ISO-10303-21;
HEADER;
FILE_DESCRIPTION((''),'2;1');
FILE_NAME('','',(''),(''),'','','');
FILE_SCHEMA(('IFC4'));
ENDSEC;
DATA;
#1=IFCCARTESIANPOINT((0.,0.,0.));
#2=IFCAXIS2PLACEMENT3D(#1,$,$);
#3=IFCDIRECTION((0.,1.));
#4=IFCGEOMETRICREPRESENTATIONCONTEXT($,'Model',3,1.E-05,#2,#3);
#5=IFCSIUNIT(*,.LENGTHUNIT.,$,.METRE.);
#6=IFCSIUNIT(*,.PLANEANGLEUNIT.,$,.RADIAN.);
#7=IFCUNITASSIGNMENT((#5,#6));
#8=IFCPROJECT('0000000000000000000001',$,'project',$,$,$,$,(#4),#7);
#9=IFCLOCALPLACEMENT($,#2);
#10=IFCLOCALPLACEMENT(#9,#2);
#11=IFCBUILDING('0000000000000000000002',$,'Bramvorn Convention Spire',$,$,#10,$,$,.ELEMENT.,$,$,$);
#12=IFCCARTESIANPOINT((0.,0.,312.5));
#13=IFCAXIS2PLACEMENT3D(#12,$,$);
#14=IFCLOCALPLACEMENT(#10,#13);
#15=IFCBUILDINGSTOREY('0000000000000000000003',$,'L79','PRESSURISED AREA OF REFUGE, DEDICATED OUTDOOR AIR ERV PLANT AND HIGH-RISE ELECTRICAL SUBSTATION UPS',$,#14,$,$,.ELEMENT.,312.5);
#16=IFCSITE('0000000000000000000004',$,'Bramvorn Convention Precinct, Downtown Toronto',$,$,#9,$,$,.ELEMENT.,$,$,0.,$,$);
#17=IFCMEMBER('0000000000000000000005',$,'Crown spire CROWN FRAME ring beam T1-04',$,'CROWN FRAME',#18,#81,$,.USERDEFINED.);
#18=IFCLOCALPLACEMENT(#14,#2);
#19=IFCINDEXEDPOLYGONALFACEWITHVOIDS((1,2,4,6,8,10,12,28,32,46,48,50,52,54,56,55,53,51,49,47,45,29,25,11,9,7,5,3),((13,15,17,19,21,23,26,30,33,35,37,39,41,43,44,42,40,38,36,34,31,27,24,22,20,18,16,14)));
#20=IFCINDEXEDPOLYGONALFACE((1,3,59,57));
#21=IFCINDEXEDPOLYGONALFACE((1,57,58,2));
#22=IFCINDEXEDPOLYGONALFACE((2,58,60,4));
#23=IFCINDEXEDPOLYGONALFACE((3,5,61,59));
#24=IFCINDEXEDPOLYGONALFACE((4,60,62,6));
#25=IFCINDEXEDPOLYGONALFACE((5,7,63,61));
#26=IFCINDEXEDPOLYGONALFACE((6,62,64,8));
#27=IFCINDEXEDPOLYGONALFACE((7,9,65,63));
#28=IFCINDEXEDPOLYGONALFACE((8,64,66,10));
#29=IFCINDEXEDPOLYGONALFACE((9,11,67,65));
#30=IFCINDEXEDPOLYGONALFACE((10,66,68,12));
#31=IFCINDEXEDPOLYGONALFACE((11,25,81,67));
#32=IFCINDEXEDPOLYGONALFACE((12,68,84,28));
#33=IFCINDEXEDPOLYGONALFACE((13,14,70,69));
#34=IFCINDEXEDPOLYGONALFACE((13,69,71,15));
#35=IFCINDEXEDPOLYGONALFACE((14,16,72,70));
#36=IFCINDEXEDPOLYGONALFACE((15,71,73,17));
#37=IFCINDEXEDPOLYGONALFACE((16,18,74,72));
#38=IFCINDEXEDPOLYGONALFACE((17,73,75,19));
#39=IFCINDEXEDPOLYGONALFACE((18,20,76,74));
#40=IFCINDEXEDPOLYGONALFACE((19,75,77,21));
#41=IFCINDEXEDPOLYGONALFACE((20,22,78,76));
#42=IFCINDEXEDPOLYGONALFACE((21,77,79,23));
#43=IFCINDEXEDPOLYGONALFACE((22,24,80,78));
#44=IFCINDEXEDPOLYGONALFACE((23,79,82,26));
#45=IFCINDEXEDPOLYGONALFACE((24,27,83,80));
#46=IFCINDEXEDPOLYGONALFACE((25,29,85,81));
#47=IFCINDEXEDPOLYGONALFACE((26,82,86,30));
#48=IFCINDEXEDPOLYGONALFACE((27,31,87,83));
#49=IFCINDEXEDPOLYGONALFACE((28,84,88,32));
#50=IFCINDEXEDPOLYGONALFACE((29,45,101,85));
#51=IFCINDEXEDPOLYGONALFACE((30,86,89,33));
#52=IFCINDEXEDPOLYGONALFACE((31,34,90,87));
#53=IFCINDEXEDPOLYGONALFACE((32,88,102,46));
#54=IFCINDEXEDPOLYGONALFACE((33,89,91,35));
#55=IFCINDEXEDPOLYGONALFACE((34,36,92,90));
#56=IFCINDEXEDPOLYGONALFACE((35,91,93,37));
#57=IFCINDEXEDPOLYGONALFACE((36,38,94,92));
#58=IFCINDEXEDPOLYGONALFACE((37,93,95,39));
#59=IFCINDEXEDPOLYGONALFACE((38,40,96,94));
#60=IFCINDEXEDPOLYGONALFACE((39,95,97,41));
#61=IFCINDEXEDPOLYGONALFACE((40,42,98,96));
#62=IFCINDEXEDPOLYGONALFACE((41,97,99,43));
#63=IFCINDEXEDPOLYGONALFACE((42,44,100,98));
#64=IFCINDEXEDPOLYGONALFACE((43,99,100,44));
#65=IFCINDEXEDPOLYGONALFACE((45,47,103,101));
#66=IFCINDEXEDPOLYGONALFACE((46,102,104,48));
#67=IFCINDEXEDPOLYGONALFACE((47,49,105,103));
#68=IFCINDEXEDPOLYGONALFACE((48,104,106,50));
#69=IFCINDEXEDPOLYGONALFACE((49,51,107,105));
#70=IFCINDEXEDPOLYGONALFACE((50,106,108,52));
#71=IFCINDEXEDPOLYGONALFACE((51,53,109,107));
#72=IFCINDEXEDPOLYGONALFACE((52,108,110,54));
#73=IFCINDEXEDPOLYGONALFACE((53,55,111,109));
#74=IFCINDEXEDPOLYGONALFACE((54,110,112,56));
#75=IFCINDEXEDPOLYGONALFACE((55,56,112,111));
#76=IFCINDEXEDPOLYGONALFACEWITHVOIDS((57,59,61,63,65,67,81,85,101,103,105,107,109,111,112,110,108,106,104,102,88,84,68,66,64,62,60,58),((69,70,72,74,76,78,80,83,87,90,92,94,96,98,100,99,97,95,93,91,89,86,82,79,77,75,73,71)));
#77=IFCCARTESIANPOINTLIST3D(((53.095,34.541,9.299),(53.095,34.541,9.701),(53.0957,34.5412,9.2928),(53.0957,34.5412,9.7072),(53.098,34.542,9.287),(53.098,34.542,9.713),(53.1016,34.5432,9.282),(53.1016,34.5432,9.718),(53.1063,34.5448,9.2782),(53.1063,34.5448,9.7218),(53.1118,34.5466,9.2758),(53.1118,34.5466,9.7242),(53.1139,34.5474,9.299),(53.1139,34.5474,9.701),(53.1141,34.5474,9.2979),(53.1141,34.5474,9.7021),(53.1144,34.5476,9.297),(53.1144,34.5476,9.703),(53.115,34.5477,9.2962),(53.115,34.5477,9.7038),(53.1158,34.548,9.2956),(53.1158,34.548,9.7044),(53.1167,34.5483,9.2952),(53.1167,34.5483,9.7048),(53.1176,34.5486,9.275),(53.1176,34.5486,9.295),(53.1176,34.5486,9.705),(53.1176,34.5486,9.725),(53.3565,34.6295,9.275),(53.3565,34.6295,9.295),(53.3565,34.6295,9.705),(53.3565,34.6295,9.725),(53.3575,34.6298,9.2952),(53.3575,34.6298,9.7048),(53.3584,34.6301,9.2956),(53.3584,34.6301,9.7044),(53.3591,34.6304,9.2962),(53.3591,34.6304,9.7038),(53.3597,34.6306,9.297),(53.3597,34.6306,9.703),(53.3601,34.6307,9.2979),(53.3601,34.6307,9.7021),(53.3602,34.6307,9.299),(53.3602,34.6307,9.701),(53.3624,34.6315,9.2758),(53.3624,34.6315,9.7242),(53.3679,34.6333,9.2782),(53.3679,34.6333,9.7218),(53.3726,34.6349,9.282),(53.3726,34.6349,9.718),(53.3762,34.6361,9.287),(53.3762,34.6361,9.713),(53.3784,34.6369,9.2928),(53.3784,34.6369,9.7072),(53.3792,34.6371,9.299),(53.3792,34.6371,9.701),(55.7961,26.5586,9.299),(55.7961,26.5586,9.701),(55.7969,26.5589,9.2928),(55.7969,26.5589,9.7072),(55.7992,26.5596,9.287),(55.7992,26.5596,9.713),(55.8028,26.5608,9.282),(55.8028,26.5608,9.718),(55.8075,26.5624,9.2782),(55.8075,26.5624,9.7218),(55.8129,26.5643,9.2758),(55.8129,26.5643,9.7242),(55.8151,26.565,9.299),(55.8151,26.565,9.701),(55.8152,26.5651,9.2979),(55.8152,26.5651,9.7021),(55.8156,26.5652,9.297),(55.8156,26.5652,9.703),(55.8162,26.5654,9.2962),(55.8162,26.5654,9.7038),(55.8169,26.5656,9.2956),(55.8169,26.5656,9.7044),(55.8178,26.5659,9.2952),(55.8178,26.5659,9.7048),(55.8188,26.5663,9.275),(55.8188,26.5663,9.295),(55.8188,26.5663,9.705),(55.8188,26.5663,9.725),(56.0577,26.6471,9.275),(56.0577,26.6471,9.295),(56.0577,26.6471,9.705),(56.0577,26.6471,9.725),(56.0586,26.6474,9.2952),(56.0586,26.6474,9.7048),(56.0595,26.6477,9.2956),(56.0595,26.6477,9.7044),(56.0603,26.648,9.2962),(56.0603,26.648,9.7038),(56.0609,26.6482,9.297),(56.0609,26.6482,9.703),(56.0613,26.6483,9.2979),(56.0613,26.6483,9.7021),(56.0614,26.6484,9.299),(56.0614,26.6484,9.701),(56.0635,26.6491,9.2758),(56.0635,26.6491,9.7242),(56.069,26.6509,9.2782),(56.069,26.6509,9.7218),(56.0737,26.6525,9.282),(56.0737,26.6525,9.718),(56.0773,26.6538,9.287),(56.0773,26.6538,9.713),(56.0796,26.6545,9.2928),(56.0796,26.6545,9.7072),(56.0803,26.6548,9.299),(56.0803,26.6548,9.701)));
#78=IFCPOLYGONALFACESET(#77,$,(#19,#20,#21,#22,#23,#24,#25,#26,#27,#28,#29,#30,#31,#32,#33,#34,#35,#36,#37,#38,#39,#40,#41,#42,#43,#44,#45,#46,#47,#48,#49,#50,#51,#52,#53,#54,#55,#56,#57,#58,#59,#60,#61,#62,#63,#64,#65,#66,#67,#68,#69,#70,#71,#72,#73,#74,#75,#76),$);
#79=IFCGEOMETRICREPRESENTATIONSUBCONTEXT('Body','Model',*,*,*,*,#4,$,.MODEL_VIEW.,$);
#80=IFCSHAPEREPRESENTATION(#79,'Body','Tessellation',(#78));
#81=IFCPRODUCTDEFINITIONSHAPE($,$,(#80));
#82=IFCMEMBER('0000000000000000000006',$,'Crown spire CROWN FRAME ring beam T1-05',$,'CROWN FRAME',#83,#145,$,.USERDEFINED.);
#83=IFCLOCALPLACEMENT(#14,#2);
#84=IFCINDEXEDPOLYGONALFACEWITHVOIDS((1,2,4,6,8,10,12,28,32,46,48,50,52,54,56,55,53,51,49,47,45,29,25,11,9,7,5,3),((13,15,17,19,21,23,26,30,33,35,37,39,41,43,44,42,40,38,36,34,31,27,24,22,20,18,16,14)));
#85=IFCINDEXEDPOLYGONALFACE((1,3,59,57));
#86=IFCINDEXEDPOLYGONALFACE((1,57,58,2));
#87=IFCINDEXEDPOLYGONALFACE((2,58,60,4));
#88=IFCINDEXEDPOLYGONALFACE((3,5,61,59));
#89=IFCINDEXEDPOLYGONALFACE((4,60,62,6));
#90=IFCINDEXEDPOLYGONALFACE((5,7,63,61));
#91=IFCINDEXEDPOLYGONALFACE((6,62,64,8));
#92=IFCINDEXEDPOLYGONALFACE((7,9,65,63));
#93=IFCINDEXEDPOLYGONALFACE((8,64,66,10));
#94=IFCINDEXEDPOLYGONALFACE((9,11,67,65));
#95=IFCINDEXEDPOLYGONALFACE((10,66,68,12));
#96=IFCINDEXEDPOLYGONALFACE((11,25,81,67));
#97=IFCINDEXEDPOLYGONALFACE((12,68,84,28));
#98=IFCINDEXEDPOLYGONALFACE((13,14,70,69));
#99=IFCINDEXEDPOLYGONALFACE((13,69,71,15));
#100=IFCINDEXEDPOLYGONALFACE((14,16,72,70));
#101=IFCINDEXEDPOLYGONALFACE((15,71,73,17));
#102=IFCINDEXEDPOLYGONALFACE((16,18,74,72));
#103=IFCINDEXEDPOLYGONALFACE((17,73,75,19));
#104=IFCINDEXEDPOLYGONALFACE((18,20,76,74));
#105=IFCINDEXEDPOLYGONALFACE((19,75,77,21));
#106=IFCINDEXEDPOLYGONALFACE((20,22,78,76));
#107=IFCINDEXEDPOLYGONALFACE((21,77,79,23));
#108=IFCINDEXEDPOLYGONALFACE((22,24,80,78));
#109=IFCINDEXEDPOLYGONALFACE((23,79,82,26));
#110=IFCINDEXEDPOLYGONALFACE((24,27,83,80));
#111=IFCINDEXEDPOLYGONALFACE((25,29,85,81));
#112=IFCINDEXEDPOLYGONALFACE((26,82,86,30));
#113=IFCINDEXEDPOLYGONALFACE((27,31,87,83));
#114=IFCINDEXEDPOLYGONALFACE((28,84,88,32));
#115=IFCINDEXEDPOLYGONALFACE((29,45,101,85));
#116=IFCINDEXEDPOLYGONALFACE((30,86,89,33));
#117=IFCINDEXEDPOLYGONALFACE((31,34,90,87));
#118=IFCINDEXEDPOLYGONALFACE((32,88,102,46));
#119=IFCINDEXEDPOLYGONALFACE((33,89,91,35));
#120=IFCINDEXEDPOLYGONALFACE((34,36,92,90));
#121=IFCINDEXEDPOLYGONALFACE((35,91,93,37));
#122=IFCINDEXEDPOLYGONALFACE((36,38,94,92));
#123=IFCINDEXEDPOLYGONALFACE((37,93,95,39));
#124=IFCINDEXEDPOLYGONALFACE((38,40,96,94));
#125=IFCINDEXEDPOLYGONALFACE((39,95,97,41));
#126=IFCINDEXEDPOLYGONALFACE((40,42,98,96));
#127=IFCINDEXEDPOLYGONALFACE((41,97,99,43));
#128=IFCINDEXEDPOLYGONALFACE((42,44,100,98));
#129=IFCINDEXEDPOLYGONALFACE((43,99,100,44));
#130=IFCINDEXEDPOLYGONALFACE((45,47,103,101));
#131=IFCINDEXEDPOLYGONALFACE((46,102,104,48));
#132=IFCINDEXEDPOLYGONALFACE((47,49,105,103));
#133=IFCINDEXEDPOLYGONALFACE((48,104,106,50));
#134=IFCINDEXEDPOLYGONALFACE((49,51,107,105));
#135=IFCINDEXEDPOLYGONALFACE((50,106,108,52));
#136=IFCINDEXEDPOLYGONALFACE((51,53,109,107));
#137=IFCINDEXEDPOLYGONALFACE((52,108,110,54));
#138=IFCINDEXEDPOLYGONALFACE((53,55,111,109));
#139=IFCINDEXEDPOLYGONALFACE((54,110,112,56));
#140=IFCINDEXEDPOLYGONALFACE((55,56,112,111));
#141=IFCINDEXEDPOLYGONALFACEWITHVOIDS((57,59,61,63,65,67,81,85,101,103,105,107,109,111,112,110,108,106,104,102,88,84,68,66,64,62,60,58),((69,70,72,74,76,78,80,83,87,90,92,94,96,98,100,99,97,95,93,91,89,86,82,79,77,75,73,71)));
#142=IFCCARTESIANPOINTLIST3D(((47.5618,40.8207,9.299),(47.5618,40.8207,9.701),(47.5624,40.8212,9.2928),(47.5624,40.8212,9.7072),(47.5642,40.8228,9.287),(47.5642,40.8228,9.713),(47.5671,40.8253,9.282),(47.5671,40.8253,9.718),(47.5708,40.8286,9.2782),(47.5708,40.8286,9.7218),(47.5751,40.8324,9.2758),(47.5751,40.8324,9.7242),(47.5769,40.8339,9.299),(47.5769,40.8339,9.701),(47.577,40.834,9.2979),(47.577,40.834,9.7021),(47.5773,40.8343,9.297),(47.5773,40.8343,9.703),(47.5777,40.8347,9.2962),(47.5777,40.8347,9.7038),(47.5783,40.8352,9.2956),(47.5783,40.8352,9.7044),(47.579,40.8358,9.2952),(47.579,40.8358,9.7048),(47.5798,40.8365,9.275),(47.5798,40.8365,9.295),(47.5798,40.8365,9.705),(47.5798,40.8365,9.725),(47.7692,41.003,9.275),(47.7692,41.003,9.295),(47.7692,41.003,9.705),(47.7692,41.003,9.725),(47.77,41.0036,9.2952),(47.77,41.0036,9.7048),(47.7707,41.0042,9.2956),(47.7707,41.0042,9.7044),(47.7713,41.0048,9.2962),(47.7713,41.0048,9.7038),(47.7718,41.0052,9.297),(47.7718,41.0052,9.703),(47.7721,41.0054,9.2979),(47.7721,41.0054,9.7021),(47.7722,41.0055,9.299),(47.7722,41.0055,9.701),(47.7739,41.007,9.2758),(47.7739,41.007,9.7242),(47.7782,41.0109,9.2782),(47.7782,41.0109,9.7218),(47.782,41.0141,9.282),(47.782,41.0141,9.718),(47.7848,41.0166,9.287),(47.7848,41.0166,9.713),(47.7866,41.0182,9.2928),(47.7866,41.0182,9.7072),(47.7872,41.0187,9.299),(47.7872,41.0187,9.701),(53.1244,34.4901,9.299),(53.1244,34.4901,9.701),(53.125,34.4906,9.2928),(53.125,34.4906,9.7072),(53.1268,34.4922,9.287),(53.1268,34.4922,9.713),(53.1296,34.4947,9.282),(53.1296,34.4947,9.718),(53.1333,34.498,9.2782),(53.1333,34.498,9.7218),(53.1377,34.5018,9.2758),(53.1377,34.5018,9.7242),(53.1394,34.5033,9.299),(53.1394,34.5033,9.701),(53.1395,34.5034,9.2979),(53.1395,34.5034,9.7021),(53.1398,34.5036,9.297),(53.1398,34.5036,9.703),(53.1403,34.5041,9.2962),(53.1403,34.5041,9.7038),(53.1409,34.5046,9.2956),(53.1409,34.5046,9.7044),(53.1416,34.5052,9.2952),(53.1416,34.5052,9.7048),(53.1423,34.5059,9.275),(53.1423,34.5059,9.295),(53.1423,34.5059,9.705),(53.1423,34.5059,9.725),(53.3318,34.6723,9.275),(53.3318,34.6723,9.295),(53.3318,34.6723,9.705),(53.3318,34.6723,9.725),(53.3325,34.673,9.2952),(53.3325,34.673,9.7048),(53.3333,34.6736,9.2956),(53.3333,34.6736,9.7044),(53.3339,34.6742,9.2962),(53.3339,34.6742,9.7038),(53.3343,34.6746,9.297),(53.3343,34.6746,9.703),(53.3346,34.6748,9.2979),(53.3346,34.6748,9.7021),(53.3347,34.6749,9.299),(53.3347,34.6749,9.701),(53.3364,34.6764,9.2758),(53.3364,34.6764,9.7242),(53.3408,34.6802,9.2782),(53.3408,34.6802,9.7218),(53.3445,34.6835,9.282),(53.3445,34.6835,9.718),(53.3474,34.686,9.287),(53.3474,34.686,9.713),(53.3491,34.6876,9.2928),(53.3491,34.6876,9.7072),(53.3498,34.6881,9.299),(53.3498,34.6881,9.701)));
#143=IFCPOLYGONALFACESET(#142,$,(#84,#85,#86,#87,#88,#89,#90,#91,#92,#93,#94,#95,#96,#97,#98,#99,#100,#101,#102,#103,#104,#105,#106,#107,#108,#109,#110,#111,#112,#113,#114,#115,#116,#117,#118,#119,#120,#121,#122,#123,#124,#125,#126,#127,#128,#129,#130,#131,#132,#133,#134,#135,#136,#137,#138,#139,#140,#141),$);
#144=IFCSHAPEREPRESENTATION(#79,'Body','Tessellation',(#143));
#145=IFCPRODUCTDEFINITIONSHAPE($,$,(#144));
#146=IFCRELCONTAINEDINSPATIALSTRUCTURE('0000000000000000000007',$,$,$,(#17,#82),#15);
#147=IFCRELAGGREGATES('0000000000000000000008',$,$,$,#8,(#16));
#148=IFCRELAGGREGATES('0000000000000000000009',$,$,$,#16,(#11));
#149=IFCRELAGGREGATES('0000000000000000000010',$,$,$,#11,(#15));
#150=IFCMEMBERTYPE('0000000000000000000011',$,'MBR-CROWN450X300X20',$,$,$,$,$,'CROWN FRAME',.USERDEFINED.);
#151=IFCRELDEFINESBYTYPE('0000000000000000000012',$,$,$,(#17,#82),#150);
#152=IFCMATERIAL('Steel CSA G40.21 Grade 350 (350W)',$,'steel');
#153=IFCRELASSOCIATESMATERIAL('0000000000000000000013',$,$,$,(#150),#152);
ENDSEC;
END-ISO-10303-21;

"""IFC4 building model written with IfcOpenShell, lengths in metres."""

from ifc_helpers import new_model, si_unit, direction, frame, origin, origin_2d, place, context, subcontext, project, spatial, hollow_rectangle, extrude, material, material_profile, profile_set, type_object, element, save


model = new_model("IFC4")

# Units and contexts
model_context = context("Model", 3, precision=1e-05, world=origin(), true_north=direction((0.0, 1.0)))
body_context = subcontext(model_context, "Body", "Model", "MODEL_VIEW")
ifc_project = project(units=[si_unit("LENGTHUNIT", "METRE"), si_unit("PLANEANGLEUNIT", "RADIAN")], contexts=[model_context])

# Site, building, storey
site_placement = place(None, origin())
site = spatial("IfcSite", under=ifc_project, at=site_placement, Name="Bramvorn Convention Precinct, Downtown Toronto", CompositionType="ELEMENT", RefElevation=0.0)
building_placement = place(site_placement, origin())
building = spatial("IfcBuilding", under=site, at=building_placement, Name="Bramvorn Convention Spire", CompositionType="ELEMENT")
storey_placement = place(building_placement, frame((0.0, 0.0, 312.5)))
storey = spatial("IfcBuildingStorey", under=building, at=storey_placement, Name="L79", Description="PRESSURISED AREA OF REFUGE, DEDICATED OUTDOOR AIR ERV PLANT AND HIGH-RISE ELECTRICAL SUBSTATION UPS", CompositionType="ELEMENT", Elevation=312.5)

# Members
ifc_material_1 = material(Name="Steel CSA G40.21 Grade 350 (350W)", Category="steel")
ifc_material_profile_1 = material_profile(ifc_material_1, hollow_rectangle(XDim=0.3, YDim=0.45, WallThickness=0.02, InnerFilletRadius=0.0039, OuterFilletRadius=0.0239, at=origin_2d()))
ifc_profile_set_1 = profile_set([ifc_material_profile_1], Name="Steel CSA G40.21 Grade 350 (350W) - CROWN450X300X20")
member_type_1 = type_object("IfcMemberType", Name="MBR-CROWN450X300X20", ElementType="CROWN FRAME", PredefinedType="USERDEFINED", material=ifc_profile_set_1)
member_1_placement = place(storey_placement, frame((55.9382, 26.6067, 9.5), z_axis=(-0.320535, 0.947237, 0.0), x_axis=(-0.947237, -0.320535, 0.0)))
element("IfcMember", 1, at=member_1_placement, inside=storey, type_object=member_type_1, Name="Crown spire CROWN FRAME ring beam T1-04", ObjectType="CROWN FRAME", PredefinedType="USERDEFINED", context=body_context, shape_type="SweptSolid", body=[
    extrude(hollow_rectangle(XDim=0.3, YDim=0.45, WallThickness=0.02, InnerFilletRadius=0.0039, OuterFilletRadius=0.0239, at=origin_2d()), origin(), (0.0, 0.0, 1.0), 8.427),
])
member_2_placement = place(storey_placement, frame((53.2371, 34.5891, 9.5), z_axis=(-0.660066, 0.751208, 0.0), x_axis=(-0.751208, -0.660066, 0.0)))
element("IfcMember", 2, at=member_2_placement, inside=storey, type_object=member_type_1, Name="Crown spire CROWN FRAME ring beam T1-05", ObjectType="CROWN FRAME", PredefinedType="USERDEFINED", context=body_context, shape_type="SweptSolid", body=[
    extrude(hollow_rectangle(XDim=0.3, YDim=0.45, WallThickness=0.02, InnerFilletRadius=0.0039, OuterFilletRadius=0.0239, at=origin_2d()), origin(), (0.0, 0.0, 1.0), 8.4272),
])

save(model, "model.ifc")
